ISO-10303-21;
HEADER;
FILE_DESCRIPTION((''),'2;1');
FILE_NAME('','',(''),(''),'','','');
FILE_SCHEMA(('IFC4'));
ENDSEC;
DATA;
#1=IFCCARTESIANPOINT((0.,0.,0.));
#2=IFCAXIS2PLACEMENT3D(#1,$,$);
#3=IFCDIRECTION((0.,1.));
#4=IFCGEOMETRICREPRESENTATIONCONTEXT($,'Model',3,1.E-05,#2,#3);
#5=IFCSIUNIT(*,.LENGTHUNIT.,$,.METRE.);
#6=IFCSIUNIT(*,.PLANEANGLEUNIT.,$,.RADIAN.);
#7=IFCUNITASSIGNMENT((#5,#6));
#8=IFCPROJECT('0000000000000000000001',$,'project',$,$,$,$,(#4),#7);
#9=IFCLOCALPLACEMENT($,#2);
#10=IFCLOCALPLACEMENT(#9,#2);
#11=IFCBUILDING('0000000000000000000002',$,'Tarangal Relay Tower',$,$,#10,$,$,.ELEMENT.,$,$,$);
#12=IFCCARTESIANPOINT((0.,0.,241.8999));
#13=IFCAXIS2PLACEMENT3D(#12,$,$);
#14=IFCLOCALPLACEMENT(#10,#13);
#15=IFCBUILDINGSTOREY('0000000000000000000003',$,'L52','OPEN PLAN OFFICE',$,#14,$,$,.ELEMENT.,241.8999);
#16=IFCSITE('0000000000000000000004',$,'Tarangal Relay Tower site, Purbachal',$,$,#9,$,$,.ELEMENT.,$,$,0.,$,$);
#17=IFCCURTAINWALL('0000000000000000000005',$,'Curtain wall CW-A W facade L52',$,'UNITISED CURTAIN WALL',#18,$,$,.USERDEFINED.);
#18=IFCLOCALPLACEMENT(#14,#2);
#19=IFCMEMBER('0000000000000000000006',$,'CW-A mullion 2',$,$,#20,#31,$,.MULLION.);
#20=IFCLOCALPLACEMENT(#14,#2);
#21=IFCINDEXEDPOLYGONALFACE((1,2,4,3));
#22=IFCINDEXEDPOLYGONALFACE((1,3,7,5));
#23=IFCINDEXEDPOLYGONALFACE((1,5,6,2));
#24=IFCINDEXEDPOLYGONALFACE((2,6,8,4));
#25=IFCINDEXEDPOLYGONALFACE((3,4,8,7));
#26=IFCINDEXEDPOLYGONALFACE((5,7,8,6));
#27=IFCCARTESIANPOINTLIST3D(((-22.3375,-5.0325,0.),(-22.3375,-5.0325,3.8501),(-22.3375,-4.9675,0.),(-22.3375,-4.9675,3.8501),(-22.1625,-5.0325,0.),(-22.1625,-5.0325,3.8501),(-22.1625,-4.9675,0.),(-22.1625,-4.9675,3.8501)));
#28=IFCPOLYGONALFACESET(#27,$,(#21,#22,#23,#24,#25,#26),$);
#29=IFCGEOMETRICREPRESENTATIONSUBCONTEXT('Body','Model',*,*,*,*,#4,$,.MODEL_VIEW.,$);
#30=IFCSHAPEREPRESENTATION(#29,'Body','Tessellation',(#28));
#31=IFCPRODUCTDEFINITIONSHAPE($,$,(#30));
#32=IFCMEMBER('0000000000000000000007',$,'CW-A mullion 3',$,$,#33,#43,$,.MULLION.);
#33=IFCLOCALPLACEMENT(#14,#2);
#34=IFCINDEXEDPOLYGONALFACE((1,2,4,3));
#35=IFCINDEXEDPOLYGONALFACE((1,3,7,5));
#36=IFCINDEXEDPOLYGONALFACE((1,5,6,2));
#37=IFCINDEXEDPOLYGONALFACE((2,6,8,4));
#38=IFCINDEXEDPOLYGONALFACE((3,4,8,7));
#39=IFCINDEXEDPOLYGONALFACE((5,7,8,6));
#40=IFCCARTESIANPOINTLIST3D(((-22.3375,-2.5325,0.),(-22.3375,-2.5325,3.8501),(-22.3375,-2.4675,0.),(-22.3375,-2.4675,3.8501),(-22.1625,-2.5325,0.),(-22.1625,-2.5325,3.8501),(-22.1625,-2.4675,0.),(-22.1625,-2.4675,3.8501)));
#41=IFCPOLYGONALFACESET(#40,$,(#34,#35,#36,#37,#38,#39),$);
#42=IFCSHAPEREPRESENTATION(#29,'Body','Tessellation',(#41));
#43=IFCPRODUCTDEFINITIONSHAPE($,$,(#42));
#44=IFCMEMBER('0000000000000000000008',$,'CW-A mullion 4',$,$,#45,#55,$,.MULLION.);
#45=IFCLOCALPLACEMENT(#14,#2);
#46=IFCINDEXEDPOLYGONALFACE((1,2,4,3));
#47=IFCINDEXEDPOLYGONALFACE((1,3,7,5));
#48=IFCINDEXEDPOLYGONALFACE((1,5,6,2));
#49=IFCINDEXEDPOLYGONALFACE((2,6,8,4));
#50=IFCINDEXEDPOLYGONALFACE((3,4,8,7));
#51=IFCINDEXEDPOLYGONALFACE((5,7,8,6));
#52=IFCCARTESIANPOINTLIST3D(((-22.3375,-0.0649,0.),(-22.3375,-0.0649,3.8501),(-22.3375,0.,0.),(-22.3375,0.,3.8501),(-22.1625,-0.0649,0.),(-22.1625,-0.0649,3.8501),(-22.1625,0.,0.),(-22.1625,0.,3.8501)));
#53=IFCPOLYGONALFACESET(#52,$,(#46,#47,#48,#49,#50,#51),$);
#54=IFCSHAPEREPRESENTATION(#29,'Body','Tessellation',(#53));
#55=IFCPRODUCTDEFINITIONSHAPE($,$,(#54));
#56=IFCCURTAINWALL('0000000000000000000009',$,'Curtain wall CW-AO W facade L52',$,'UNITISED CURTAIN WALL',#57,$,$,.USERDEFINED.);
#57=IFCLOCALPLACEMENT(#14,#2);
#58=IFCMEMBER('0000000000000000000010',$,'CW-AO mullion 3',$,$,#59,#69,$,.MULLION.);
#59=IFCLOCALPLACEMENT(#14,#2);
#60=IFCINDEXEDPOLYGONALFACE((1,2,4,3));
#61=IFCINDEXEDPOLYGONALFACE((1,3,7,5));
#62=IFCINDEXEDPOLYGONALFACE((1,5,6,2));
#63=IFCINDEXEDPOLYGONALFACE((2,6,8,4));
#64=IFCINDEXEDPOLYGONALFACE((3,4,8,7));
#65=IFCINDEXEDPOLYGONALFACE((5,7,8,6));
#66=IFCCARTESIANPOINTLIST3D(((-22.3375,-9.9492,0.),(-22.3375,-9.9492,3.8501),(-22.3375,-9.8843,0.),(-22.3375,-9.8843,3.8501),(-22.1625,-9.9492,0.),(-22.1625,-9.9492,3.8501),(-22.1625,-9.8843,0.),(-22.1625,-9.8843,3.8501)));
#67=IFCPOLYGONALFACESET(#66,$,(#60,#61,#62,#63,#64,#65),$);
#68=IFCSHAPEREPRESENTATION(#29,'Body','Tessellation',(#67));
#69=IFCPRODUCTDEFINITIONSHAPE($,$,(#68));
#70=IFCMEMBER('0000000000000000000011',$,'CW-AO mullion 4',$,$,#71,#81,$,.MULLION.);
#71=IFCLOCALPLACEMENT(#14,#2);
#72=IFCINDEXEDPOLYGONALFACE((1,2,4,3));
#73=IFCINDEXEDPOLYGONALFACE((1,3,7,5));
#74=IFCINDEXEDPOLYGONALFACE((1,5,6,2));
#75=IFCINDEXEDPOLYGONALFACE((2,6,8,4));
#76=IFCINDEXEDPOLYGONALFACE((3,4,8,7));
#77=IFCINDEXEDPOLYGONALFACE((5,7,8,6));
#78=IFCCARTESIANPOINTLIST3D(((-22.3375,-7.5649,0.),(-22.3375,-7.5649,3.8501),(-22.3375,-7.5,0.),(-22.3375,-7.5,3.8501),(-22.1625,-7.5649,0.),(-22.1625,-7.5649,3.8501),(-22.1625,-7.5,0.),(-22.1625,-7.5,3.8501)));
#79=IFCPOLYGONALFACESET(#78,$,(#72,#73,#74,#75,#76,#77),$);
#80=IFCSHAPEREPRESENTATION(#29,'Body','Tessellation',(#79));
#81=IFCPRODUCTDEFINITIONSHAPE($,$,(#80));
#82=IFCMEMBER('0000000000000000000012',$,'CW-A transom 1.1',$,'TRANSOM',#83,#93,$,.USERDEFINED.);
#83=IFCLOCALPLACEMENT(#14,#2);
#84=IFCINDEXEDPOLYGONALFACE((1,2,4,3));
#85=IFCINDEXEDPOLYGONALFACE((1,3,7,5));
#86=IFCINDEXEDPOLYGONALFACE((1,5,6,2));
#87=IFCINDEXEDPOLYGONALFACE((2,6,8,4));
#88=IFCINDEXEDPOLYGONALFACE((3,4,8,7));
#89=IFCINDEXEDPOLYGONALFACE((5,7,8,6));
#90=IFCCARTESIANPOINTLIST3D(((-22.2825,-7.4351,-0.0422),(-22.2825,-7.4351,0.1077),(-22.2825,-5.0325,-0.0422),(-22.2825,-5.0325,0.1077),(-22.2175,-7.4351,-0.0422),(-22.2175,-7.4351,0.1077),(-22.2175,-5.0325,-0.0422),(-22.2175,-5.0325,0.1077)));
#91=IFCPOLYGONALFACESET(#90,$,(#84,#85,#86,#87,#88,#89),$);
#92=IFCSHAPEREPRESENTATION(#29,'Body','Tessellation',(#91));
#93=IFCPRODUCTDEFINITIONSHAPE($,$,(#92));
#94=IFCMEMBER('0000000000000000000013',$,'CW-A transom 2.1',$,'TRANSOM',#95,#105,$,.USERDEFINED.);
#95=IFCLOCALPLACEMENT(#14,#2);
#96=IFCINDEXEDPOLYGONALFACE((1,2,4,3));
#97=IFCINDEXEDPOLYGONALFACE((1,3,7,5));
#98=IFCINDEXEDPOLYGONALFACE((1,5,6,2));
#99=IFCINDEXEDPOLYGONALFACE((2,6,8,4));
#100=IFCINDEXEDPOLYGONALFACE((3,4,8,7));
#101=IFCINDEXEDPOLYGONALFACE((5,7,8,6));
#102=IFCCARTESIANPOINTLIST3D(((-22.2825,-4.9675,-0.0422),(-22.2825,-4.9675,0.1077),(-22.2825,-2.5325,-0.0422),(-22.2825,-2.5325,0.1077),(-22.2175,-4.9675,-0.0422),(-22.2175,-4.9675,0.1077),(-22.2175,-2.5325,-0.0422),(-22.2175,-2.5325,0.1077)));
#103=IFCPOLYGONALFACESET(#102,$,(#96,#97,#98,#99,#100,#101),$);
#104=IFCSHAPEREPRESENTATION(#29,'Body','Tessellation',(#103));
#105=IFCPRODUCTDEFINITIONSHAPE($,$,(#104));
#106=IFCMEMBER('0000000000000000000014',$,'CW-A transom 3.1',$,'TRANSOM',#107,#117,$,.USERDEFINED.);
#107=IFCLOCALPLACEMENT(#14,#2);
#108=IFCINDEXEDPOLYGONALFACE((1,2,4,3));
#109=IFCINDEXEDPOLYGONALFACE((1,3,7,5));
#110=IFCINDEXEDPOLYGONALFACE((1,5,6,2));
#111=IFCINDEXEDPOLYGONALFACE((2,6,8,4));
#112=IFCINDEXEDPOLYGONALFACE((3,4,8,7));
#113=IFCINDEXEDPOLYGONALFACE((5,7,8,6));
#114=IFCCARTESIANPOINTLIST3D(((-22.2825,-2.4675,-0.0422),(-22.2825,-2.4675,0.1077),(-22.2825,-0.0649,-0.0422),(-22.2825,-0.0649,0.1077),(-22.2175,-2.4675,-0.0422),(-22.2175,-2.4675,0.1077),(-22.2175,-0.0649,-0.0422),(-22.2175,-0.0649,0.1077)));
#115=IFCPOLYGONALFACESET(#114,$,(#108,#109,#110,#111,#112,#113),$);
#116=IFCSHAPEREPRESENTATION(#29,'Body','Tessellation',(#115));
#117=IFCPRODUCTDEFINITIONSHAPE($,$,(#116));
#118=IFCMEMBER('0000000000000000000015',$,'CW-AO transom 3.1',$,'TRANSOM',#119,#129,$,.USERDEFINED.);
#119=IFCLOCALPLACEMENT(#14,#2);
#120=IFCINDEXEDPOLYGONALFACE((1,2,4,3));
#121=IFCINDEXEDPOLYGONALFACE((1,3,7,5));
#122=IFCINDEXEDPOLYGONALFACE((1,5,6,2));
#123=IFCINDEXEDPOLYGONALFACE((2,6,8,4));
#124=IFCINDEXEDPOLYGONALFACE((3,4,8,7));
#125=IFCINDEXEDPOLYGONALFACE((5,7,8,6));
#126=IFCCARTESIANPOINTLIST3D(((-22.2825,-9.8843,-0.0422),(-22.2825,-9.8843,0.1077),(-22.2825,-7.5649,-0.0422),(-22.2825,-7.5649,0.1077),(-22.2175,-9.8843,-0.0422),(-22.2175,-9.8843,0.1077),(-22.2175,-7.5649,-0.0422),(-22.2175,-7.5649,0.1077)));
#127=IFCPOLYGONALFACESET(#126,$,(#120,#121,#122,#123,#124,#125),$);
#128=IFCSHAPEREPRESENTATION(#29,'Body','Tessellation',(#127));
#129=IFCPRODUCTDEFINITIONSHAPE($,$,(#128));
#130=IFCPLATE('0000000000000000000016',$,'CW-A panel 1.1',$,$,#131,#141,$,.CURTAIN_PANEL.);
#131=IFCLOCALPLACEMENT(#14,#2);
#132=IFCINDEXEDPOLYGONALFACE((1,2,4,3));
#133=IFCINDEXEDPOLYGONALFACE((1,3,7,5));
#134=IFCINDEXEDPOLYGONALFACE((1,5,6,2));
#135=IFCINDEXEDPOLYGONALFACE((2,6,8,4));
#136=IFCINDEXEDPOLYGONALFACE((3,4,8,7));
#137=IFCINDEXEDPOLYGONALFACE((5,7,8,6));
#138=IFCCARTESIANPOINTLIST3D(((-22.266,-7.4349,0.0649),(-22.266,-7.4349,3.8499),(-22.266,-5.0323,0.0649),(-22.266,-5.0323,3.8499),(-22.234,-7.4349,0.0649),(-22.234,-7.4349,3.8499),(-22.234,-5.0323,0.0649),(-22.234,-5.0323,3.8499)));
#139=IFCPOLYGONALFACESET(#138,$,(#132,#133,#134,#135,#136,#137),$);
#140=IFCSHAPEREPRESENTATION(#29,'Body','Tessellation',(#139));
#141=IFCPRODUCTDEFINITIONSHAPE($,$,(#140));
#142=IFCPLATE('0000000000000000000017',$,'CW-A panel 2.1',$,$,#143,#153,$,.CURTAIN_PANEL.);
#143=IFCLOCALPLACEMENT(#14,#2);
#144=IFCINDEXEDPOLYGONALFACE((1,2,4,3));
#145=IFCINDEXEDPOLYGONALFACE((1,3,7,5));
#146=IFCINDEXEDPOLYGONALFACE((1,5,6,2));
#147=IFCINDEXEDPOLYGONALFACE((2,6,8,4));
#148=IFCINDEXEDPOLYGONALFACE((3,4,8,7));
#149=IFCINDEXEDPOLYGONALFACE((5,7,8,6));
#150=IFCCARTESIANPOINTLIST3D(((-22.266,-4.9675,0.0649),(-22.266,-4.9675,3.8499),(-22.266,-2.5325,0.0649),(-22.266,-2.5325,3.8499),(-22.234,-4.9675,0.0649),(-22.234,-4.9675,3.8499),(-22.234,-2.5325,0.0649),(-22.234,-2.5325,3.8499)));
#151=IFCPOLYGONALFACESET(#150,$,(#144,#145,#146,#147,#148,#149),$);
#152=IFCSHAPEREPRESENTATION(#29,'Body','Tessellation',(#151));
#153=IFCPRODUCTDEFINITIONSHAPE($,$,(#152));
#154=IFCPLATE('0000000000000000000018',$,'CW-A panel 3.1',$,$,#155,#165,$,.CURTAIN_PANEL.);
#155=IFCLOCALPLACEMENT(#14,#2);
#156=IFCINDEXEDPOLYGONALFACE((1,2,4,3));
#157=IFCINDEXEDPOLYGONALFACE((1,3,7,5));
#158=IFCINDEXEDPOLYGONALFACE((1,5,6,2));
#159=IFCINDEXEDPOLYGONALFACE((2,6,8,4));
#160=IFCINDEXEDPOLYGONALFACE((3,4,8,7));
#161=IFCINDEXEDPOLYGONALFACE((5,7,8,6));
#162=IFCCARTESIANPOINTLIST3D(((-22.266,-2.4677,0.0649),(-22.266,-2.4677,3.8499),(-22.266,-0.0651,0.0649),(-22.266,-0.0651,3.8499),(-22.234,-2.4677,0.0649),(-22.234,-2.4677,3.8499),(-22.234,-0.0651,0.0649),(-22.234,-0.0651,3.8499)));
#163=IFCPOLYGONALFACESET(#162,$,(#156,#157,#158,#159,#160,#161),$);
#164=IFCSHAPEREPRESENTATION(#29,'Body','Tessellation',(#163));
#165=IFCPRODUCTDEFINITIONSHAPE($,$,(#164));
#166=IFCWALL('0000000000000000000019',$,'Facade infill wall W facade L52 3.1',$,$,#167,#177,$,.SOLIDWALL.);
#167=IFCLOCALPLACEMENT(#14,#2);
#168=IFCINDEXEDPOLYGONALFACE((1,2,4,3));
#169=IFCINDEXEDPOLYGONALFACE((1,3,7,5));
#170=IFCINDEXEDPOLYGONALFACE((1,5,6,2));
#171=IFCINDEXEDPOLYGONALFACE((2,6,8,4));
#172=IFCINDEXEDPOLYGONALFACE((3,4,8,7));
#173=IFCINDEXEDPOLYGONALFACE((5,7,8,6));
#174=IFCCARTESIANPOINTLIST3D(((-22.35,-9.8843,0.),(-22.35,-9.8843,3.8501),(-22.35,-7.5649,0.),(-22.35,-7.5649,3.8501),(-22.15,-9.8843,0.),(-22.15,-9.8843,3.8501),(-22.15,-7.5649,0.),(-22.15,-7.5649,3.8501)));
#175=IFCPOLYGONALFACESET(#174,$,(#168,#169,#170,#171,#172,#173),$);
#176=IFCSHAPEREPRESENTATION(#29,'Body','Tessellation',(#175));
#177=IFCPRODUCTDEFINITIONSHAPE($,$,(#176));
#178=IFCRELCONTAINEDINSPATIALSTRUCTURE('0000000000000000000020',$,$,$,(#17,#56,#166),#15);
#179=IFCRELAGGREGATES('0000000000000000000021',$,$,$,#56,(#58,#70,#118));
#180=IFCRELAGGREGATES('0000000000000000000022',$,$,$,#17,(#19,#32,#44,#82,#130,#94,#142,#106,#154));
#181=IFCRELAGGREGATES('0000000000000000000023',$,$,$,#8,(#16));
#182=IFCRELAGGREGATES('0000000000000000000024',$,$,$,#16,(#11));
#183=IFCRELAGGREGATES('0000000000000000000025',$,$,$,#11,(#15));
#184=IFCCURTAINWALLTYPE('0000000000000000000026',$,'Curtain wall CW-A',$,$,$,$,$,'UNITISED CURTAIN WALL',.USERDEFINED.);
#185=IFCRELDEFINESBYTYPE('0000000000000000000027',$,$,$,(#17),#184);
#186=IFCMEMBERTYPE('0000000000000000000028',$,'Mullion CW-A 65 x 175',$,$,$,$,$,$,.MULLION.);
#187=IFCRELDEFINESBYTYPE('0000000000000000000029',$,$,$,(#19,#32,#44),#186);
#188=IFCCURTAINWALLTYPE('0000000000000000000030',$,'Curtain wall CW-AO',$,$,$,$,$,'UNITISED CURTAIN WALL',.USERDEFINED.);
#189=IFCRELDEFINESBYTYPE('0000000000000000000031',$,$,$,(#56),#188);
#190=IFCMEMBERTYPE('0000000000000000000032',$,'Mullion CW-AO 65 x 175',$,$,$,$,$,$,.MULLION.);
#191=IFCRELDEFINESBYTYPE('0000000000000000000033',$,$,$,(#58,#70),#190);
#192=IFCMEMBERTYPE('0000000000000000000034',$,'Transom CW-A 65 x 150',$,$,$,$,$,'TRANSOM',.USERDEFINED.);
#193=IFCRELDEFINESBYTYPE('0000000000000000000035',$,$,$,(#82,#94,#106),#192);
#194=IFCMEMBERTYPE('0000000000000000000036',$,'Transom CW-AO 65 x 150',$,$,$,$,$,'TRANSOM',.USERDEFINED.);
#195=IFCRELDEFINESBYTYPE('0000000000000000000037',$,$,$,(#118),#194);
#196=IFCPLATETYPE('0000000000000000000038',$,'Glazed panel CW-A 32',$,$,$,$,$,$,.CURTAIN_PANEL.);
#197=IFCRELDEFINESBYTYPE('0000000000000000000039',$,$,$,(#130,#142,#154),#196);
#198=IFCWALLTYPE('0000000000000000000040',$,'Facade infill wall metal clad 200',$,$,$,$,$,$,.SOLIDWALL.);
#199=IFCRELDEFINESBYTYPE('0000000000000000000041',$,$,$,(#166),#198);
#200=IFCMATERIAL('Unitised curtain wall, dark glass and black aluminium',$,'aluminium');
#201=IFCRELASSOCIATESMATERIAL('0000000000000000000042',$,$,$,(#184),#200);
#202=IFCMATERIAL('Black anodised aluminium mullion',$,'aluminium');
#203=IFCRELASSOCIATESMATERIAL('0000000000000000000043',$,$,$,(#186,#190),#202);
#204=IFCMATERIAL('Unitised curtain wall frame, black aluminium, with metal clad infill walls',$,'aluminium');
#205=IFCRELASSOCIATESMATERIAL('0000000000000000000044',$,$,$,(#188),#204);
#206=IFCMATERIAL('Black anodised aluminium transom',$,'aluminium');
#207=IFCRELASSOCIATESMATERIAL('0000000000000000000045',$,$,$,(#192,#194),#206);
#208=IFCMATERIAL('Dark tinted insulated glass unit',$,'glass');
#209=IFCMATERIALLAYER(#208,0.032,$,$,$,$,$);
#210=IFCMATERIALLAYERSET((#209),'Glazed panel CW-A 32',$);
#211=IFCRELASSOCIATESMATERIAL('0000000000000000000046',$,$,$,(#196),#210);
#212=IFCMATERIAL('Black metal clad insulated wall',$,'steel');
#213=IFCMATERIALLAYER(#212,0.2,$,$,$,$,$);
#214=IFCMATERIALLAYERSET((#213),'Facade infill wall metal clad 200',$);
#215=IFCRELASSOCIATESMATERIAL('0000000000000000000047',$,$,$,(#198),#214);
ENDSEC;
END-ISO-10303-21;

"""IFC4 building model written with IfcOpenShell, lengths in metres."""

from ifc_helpers import new_model, si_unit, direction, frame, frame_2d, origin, origin_2d, place, context, subcontext, project, spatial, rectangle, extrude, material, layer, layer_set, material_profile, profile_set, type_object, element, aggregate, save


model = new_model("IFC4")

# Units and contexts
model_context = context("Model", 3, precision=1e-05, world=origin(), true_north=direction((0.0, 1.0)))
body_context = subcontext(model_context, "Body", "Model", "MODEL_VIEW")
ifc_project = project(units=[si_unit("LENGTHUNIT", "METRE"), si_unit("PLANEANGLEUNIT", "RADIAN")], contexts=[model_context])

# Site, building, storey
site_placement = place(None, origin())
site = spatial("IfcSite", under=ifc_project, at=site_placement, Name="Tarangal Relay Tower site, Purbachal", CompositionType="ELEMENT", RefElevation=0.0)
building_placement = place(site_placement, origin())
building = spatial("IfcBuilding", under=site, at=building_placement, Name="Tarangal Relay Tower", CompositionType="ELEMENT")
storey_placement = place(building_placement, frame((0.0, 0.0, 241.8999)))
storey = spatial("IfcBuildingStorey", under=building, at=storey_placement, Name="L52", Description="OPEN PLAN OFFICE", CompositionType="ELEMENT", Elevation=241.8999)

# Curtain walls, members
ifc_material_1 = material(Name="Unitised curtain wall, dark glass and black aluminium", Category="aluminium")
curtain_wall_type_1 = type_object("IfcCurtainWallType", Name="Curtain wall CW-A", ElementType="UNITISED CURTAIN WALL", PredefinedType="USERDEFINED", material=ifc_material_1)
curtain_wall_1_placement = place(storey_placement, origin())
curtain_wall_1 = element("IfcCurtainWall", 1, at=curtain_wall_1_placement, inside=storey, type_object=curtain_wall_type_1, Name="Curtain wall CW-A W facade L52", ObjectType="UNITISED CURTAIN WALL", PredefinedType="USERDEFINED")
ifc_material_2 = material(Name="Black anodised aluminium mullion", Category="aluminium")
ifc_material_profile_1 = material_profile(ifc_material_2, rectangle(XDim=0.175, YDim=0.0649, at=origin_2d()), Name="CW-AM 65X175")
ifc_profile_set_1 = profile_set([ifc_material_profile_1], Name="Black anodised aluminium mullion")
member_type_1 = type_object("IfcMemberType", Name="Mullion CW-A 65 x 175", PredefinedType="MULLION", material=ifc_profile_set_1)
member_1_placement = place(storey_placement, frame((-22.25, -5.0, 0.0), z_axis=(0.0, 0.0, 1.0), x_axis=(-1.0, 0.0, 0.0)))
member_1 = element("IfcMember", 2, at=member_1_placement, type_object=member_type_1, Name="CW-A mullion 2", PredefinedType="MULLION", context=body_context, shape_type="SweptSolid", body=[
    extrude(rectangle(XDim=0.175, YDim=0.0649, at=origin_2d()), origin(), (0.0, 0.0, 1.0), 3.8501),
])
member_2_placement = place(storey_placement, frame((-22.25, -2.5, 0.0), z_axis=(0.0, 0.0, 1.0), x_axis=(-1.0, 0.0, 0.0)))
member_2 = element("IfcMember", 3, at=member_2_placement, type_object=member_type_1, Name="CW-A mullion 3", PredefinedType="MULLION", context=body_context, shape_type="SweptSolid", body=[
    extrude(rectangle(XDim=0.175, YDim=0.0649, at=origin_2d()), origin(), (0.0, 0.0, 1.0), 3.8501),
])
member_3_placement = place(storey_placement, frame((-22.25, -0.0325, 0.0), z_axis=(0.0, 0.0, 1.0), x_axis=(-1.0, 0.0, 0.0)))
member_3 = element("IfcMember", 4, at=member_3_placement, type_object=member_type_1, Name="CW-A mullion 4", PredefinedType="MULLION", context=body_context, shape_type="SweptSolid", body=[
    extrude(rectangle(XDim=0.175, YDim=0.0649, at=origin_2d()), origin(), (0.0, 0.0, 1.0), 3.8501),
])
ifc_material_3 = material(Name="Unitised curtain wall frame, black aluminium, with metal clad infill walls", Category="aluminium")
curtain_wall_type_2 = type_object("IfcCurtainWallType", Name="Curtain wall CW-AO", ElementType="UNITISED CURTAIN WALL", PredefinedType="USERDEFINED", material=ifc_material_3)
curtain_wall_2_placement = place(storey_placement, origin())
curtain_wall_2 = element("IfcCurtainWall", 5, at=curtain_wall_2_placement, inside=storey, type_object=curtain_wall_type_2, Name="Curtain wall CW-AO W facade L52", ObjectType="UNITISED CURTAIN WALL", PredefinedType="USERDEFINED")
ifc_material_profile_2 = material_profile(ifc_material_2, rectangle(XDim=0.175, YDim=0.0649, at=origin_2d()), Name="CW-AOM 65X175")
ifc_profile_set_2 = profile_set([ifc_material_profile_2], Name="Black anodised aluminium mullion")
member_type_2 = type_object("IfcMemberType", Name="Mullion CW-AO 65 x 175", PredefinedType="MULLION", material=ifc_profile_set_2)
member_4_placement = place(storey_placement, frame((-22.25, -9.9167, 0.0), z_axis=(0.0, 0.0, 1.0), x_axis=(-1.0, 0.0, 0.0)))
member_4 = element("IfcMember", 6, at=member_4_placement, type_object=member_type_2, Name="CW-AO mullion 3", PredefinedType="MULLION", context=body_context, shape_type="SweptSolid", body=[
    extrude(rectangle(XDim=0.175, YDim=0.0649, at=origin_2d()), origin(), (0.0, 0.0, 1.0), 3.8501),
])
member_5_placement = place(storey_placement, frame((-22.25, -7.5325, 0.0), z_axis=(0.0, 0.0, 1.0), x_axis=(-1.0, 0.0, 0.0)))
member_5 = element("IfcMember", 7, at=member_5_placement, type_object=member_type_2, Name="CW-AO mullion 4", PredefinedType="MULLION", context=body_context, shape_type="SweptSolid", body=[
    extrude(rectangle(XDim=0.175, YDim=0.0649, at=origin_2d()), origin(), (0.0, 0.0, 1.0), 3.8501),
])

# Members
ifc_material_4 = material(Name="Black anodised aluminium transom", Category="aluminium")
ifc_material_profile_3 = material_profile(ifc_material_4, rectangle(XDim=0.0649, YDim=0.1499, at=origin_2d()), Name="CW-AT 65X150")
ifc_profile_set_3 = profile_set([ifc_material_profile_3], Name="Black anodised aluminium transom")
member_type_3 = type_object("IfcMemberType", Name="Transom CW-A 65 x 150", ElementType="TRANSOM", PredefinedType="USERDEFINED", material=ifc_profile_set_3)
member_6_placement = place(storey_placement, frame((-22.25, -7.4351, 0.0327), z_axis=(0.0, 1.0, 0.0), x_axis=(-1.0, 0.0, 0.0)))
member_6 = element("IfcMember", 8, at=member_6_placement, type_object=member_type_3, Name="CW-A transom 1.1", ObjectType="TRANSOM", PredefinedType="USERDEFINED", context=body_context, shape_type="SweptSolid", body=[
    extrude(rectangle(XDim=0.0649, YDim=0.1499, at=origin_2d()), origin(), (0.0, 0.0, 1.0), 2.4026),
])
member_7_placement = place(storey_placement, frame((-22.25, -4.9675, 0.0327), z_axis=(0.0, 1.0, 0.0), x_axis=(-1.0, 0.0, 0.0)))
member_7 = element("IfcMember", 9, at=member_7_placement, type_object=member_type_3, Name="CW-A transom 2.1", ObjectType="TRANSOM", PredefinedType="USERDEFINED", context=body_context, shape_type="SweptSolid", body=[
    extrude(rectangle(XDim=0.0649, YDim=0.1499, at=origin_2d()), origin(), (0.0, 0.0, 1.0), 2.4351),
])
member_8_placement = place(storey_placement, frame((-22.25, -2.4675, 0.0327), z_axis=(0.0, 1.0, 0.0), x_axis=(-1.0, 0.0, 0.0)))
member_8 = element("IfcMember", 10, at=member_8_placement, type_object=member_type_3, Name="CW-A transom 3.1", ObjectType="TRANSOM", PredefinedType="USERDEFINED", context=body_context, shape_type="SweptSolid", body=[
    extrude(rectangle(XDim=0.0649, YDim=0.1499, at=origin_2d()), origin(), (0.0, 0.0, 1.0), 2.4026),
])
ifc_material_profile_4 = material_profile(ifc_material_4, rectangle(XDim=0.0649, YDim=0.1499, at=origin_2d()), Name="CW-AOT 65X150")
ifc_profile_set_4 = profile_set([ifc_material_profile_4], Name="Black anodised aluminium transom")
member_type_4 = type_object("IfcMemberType", Name="Transom CW-AO 65 x 150", ElementType="TRANSOM", PredefinedType="USERDEFINED", material=ifc_profile_set_4)
member_9_placement = place(storey_placement, frame((-22.25, -9.8843, 0.0327), z_axis=(0.0, 1.0, 0.0), x_axis=(-1.0, 0.0, 0.0)))
member_9 = element("IfcMember", 11, at=member_9_placement, type_object=member_type_4, Name="CW-AO transom 3.1", ObjectType="TRANSOM", PredefinedType="USERDEFINED", context=body_context, shape_type="SweptSolid", body=[
    extrude(rectangle(XDim=0.0649, YDim=0.1499, at=origin_2d()), origin(), (0.0, 0.0, 1.0), 2.3193),
])
aggregate(curtain_wall_2, [member_4, member_5, member_9])

# Plates
ifc_material_5 = material(Name="Dark tinted insulated glass unit", Category="glass")
ifc_layer_1 = layer(ifc_material_5, 0.032)
ifc_layer_set_1 = layer_set([ifc_layer_1], Name="Glazed panel CW-A 32")
plate_type = type_object("IfcPlateType", Name="Glazed panel CW-A 32", PredefinedType="CURTAIN_PANEL", material=ifc_layer_set_1)
plate_1_placement = place(storey_placement, frame((-22.25, -6.2336, 0.0649), z_axis=(0.0, 0.0, 1.0), x_axis=(0.0, 1.0, 0.0)))
plate_1 = element("IfcPlate", 12, at=plate_1_placement, type_object=plate_type, Name="CW-A panel 1.1", PredefinedType="CURTAIN_PANEL", context=body_context, shape_type="SweptSolid", body=[
    extrude(rectangle(XDim=2.4026, YDim=0.032, at=origin_2d()), origin(), (0.0, 0.0, 1.0), 3.7849),
])
plate_2_placement = place(storey_placement, frame((-22.25, -3.75, 0.0649), z_axis=(0.0, 0.0, 1.0), x_axis=(0.0, 1.0, 0.0)))
plate_2 = element("IfcPlate", 13, at=plate_2_placement, type_object=plate_type, Name="CW-A panel 2.1", PredefinedType="CURTAIN_PANEL", context=body_context, shape_type="SweptSolid", body=[
    extrude(rectangle(XDim=2.4351, YDim=0.032, at=origin_2d()), origin(), (0.0, 0.0, 1.0), 3.7849),
])
plate_3_placement = place(storey_placement, frame((-22.25, -1.2664, 0.0649), z_axis=(0.0, 0.0, 1.0), x_axis=(0.0, 1.0, 0.0)))
plate_3 = element("IfcPlate", 14, at=plate_3_placement, type_object=plate_type, Name="CW-A panel 3.1", PredefinedType="CURTAIN_PANEL", context=body_context, shape_type="SweptSolid", body=[
    extrude(rectangle(XDim=2.4026, YDim=0.032, at=origin_2d()), origin(), (0.0, 0.0, 1.0), 3.7849),
])
aggregate(curtain_wall_1, [member_1, member_2, member_3, member_6, plate_1, member_7, plate_2, member_8, plate_3])

# Wall
ifc_material_6 = material(Name="Black metal clad insulated wall", Category="steel")
ifc_layer_2 = layer(ifc_material_6, 0.2)
ifc_layer_set_2 = layer_set([ifc_layer_2], Name="Facade infill wall metal clad 200")
wall_type_1 = type_object("IfcWallType", Name="Facade infill wall metal clad 200", PredefinedType="SOLIDWALL", material=ifc_layer_set_2)
wall_1_placement = place(storey_placement, frame((-22.25, -9.8843, 0.0), z_axis=(0.0, 0.0, 1.0), x_axis=(0.0, 1.0, 0.0)))
element("IfcWall", 15, at=wall_1_placement, inside=storey, type_object=wall_type_1, Name="Facade infill wall W facade L52 3.1", PredefinedType="SOLIDWALL", context=body_context, shape_type="SweptSolid", body=[
    extrude(rectangle(XDim=2.3193, YDim=0.2, at=frame_2d((1.1597, 0.0))), origin(), (0.0, 0.0, 1.0), 3.8501),
])

save(model, "model.ifc")
